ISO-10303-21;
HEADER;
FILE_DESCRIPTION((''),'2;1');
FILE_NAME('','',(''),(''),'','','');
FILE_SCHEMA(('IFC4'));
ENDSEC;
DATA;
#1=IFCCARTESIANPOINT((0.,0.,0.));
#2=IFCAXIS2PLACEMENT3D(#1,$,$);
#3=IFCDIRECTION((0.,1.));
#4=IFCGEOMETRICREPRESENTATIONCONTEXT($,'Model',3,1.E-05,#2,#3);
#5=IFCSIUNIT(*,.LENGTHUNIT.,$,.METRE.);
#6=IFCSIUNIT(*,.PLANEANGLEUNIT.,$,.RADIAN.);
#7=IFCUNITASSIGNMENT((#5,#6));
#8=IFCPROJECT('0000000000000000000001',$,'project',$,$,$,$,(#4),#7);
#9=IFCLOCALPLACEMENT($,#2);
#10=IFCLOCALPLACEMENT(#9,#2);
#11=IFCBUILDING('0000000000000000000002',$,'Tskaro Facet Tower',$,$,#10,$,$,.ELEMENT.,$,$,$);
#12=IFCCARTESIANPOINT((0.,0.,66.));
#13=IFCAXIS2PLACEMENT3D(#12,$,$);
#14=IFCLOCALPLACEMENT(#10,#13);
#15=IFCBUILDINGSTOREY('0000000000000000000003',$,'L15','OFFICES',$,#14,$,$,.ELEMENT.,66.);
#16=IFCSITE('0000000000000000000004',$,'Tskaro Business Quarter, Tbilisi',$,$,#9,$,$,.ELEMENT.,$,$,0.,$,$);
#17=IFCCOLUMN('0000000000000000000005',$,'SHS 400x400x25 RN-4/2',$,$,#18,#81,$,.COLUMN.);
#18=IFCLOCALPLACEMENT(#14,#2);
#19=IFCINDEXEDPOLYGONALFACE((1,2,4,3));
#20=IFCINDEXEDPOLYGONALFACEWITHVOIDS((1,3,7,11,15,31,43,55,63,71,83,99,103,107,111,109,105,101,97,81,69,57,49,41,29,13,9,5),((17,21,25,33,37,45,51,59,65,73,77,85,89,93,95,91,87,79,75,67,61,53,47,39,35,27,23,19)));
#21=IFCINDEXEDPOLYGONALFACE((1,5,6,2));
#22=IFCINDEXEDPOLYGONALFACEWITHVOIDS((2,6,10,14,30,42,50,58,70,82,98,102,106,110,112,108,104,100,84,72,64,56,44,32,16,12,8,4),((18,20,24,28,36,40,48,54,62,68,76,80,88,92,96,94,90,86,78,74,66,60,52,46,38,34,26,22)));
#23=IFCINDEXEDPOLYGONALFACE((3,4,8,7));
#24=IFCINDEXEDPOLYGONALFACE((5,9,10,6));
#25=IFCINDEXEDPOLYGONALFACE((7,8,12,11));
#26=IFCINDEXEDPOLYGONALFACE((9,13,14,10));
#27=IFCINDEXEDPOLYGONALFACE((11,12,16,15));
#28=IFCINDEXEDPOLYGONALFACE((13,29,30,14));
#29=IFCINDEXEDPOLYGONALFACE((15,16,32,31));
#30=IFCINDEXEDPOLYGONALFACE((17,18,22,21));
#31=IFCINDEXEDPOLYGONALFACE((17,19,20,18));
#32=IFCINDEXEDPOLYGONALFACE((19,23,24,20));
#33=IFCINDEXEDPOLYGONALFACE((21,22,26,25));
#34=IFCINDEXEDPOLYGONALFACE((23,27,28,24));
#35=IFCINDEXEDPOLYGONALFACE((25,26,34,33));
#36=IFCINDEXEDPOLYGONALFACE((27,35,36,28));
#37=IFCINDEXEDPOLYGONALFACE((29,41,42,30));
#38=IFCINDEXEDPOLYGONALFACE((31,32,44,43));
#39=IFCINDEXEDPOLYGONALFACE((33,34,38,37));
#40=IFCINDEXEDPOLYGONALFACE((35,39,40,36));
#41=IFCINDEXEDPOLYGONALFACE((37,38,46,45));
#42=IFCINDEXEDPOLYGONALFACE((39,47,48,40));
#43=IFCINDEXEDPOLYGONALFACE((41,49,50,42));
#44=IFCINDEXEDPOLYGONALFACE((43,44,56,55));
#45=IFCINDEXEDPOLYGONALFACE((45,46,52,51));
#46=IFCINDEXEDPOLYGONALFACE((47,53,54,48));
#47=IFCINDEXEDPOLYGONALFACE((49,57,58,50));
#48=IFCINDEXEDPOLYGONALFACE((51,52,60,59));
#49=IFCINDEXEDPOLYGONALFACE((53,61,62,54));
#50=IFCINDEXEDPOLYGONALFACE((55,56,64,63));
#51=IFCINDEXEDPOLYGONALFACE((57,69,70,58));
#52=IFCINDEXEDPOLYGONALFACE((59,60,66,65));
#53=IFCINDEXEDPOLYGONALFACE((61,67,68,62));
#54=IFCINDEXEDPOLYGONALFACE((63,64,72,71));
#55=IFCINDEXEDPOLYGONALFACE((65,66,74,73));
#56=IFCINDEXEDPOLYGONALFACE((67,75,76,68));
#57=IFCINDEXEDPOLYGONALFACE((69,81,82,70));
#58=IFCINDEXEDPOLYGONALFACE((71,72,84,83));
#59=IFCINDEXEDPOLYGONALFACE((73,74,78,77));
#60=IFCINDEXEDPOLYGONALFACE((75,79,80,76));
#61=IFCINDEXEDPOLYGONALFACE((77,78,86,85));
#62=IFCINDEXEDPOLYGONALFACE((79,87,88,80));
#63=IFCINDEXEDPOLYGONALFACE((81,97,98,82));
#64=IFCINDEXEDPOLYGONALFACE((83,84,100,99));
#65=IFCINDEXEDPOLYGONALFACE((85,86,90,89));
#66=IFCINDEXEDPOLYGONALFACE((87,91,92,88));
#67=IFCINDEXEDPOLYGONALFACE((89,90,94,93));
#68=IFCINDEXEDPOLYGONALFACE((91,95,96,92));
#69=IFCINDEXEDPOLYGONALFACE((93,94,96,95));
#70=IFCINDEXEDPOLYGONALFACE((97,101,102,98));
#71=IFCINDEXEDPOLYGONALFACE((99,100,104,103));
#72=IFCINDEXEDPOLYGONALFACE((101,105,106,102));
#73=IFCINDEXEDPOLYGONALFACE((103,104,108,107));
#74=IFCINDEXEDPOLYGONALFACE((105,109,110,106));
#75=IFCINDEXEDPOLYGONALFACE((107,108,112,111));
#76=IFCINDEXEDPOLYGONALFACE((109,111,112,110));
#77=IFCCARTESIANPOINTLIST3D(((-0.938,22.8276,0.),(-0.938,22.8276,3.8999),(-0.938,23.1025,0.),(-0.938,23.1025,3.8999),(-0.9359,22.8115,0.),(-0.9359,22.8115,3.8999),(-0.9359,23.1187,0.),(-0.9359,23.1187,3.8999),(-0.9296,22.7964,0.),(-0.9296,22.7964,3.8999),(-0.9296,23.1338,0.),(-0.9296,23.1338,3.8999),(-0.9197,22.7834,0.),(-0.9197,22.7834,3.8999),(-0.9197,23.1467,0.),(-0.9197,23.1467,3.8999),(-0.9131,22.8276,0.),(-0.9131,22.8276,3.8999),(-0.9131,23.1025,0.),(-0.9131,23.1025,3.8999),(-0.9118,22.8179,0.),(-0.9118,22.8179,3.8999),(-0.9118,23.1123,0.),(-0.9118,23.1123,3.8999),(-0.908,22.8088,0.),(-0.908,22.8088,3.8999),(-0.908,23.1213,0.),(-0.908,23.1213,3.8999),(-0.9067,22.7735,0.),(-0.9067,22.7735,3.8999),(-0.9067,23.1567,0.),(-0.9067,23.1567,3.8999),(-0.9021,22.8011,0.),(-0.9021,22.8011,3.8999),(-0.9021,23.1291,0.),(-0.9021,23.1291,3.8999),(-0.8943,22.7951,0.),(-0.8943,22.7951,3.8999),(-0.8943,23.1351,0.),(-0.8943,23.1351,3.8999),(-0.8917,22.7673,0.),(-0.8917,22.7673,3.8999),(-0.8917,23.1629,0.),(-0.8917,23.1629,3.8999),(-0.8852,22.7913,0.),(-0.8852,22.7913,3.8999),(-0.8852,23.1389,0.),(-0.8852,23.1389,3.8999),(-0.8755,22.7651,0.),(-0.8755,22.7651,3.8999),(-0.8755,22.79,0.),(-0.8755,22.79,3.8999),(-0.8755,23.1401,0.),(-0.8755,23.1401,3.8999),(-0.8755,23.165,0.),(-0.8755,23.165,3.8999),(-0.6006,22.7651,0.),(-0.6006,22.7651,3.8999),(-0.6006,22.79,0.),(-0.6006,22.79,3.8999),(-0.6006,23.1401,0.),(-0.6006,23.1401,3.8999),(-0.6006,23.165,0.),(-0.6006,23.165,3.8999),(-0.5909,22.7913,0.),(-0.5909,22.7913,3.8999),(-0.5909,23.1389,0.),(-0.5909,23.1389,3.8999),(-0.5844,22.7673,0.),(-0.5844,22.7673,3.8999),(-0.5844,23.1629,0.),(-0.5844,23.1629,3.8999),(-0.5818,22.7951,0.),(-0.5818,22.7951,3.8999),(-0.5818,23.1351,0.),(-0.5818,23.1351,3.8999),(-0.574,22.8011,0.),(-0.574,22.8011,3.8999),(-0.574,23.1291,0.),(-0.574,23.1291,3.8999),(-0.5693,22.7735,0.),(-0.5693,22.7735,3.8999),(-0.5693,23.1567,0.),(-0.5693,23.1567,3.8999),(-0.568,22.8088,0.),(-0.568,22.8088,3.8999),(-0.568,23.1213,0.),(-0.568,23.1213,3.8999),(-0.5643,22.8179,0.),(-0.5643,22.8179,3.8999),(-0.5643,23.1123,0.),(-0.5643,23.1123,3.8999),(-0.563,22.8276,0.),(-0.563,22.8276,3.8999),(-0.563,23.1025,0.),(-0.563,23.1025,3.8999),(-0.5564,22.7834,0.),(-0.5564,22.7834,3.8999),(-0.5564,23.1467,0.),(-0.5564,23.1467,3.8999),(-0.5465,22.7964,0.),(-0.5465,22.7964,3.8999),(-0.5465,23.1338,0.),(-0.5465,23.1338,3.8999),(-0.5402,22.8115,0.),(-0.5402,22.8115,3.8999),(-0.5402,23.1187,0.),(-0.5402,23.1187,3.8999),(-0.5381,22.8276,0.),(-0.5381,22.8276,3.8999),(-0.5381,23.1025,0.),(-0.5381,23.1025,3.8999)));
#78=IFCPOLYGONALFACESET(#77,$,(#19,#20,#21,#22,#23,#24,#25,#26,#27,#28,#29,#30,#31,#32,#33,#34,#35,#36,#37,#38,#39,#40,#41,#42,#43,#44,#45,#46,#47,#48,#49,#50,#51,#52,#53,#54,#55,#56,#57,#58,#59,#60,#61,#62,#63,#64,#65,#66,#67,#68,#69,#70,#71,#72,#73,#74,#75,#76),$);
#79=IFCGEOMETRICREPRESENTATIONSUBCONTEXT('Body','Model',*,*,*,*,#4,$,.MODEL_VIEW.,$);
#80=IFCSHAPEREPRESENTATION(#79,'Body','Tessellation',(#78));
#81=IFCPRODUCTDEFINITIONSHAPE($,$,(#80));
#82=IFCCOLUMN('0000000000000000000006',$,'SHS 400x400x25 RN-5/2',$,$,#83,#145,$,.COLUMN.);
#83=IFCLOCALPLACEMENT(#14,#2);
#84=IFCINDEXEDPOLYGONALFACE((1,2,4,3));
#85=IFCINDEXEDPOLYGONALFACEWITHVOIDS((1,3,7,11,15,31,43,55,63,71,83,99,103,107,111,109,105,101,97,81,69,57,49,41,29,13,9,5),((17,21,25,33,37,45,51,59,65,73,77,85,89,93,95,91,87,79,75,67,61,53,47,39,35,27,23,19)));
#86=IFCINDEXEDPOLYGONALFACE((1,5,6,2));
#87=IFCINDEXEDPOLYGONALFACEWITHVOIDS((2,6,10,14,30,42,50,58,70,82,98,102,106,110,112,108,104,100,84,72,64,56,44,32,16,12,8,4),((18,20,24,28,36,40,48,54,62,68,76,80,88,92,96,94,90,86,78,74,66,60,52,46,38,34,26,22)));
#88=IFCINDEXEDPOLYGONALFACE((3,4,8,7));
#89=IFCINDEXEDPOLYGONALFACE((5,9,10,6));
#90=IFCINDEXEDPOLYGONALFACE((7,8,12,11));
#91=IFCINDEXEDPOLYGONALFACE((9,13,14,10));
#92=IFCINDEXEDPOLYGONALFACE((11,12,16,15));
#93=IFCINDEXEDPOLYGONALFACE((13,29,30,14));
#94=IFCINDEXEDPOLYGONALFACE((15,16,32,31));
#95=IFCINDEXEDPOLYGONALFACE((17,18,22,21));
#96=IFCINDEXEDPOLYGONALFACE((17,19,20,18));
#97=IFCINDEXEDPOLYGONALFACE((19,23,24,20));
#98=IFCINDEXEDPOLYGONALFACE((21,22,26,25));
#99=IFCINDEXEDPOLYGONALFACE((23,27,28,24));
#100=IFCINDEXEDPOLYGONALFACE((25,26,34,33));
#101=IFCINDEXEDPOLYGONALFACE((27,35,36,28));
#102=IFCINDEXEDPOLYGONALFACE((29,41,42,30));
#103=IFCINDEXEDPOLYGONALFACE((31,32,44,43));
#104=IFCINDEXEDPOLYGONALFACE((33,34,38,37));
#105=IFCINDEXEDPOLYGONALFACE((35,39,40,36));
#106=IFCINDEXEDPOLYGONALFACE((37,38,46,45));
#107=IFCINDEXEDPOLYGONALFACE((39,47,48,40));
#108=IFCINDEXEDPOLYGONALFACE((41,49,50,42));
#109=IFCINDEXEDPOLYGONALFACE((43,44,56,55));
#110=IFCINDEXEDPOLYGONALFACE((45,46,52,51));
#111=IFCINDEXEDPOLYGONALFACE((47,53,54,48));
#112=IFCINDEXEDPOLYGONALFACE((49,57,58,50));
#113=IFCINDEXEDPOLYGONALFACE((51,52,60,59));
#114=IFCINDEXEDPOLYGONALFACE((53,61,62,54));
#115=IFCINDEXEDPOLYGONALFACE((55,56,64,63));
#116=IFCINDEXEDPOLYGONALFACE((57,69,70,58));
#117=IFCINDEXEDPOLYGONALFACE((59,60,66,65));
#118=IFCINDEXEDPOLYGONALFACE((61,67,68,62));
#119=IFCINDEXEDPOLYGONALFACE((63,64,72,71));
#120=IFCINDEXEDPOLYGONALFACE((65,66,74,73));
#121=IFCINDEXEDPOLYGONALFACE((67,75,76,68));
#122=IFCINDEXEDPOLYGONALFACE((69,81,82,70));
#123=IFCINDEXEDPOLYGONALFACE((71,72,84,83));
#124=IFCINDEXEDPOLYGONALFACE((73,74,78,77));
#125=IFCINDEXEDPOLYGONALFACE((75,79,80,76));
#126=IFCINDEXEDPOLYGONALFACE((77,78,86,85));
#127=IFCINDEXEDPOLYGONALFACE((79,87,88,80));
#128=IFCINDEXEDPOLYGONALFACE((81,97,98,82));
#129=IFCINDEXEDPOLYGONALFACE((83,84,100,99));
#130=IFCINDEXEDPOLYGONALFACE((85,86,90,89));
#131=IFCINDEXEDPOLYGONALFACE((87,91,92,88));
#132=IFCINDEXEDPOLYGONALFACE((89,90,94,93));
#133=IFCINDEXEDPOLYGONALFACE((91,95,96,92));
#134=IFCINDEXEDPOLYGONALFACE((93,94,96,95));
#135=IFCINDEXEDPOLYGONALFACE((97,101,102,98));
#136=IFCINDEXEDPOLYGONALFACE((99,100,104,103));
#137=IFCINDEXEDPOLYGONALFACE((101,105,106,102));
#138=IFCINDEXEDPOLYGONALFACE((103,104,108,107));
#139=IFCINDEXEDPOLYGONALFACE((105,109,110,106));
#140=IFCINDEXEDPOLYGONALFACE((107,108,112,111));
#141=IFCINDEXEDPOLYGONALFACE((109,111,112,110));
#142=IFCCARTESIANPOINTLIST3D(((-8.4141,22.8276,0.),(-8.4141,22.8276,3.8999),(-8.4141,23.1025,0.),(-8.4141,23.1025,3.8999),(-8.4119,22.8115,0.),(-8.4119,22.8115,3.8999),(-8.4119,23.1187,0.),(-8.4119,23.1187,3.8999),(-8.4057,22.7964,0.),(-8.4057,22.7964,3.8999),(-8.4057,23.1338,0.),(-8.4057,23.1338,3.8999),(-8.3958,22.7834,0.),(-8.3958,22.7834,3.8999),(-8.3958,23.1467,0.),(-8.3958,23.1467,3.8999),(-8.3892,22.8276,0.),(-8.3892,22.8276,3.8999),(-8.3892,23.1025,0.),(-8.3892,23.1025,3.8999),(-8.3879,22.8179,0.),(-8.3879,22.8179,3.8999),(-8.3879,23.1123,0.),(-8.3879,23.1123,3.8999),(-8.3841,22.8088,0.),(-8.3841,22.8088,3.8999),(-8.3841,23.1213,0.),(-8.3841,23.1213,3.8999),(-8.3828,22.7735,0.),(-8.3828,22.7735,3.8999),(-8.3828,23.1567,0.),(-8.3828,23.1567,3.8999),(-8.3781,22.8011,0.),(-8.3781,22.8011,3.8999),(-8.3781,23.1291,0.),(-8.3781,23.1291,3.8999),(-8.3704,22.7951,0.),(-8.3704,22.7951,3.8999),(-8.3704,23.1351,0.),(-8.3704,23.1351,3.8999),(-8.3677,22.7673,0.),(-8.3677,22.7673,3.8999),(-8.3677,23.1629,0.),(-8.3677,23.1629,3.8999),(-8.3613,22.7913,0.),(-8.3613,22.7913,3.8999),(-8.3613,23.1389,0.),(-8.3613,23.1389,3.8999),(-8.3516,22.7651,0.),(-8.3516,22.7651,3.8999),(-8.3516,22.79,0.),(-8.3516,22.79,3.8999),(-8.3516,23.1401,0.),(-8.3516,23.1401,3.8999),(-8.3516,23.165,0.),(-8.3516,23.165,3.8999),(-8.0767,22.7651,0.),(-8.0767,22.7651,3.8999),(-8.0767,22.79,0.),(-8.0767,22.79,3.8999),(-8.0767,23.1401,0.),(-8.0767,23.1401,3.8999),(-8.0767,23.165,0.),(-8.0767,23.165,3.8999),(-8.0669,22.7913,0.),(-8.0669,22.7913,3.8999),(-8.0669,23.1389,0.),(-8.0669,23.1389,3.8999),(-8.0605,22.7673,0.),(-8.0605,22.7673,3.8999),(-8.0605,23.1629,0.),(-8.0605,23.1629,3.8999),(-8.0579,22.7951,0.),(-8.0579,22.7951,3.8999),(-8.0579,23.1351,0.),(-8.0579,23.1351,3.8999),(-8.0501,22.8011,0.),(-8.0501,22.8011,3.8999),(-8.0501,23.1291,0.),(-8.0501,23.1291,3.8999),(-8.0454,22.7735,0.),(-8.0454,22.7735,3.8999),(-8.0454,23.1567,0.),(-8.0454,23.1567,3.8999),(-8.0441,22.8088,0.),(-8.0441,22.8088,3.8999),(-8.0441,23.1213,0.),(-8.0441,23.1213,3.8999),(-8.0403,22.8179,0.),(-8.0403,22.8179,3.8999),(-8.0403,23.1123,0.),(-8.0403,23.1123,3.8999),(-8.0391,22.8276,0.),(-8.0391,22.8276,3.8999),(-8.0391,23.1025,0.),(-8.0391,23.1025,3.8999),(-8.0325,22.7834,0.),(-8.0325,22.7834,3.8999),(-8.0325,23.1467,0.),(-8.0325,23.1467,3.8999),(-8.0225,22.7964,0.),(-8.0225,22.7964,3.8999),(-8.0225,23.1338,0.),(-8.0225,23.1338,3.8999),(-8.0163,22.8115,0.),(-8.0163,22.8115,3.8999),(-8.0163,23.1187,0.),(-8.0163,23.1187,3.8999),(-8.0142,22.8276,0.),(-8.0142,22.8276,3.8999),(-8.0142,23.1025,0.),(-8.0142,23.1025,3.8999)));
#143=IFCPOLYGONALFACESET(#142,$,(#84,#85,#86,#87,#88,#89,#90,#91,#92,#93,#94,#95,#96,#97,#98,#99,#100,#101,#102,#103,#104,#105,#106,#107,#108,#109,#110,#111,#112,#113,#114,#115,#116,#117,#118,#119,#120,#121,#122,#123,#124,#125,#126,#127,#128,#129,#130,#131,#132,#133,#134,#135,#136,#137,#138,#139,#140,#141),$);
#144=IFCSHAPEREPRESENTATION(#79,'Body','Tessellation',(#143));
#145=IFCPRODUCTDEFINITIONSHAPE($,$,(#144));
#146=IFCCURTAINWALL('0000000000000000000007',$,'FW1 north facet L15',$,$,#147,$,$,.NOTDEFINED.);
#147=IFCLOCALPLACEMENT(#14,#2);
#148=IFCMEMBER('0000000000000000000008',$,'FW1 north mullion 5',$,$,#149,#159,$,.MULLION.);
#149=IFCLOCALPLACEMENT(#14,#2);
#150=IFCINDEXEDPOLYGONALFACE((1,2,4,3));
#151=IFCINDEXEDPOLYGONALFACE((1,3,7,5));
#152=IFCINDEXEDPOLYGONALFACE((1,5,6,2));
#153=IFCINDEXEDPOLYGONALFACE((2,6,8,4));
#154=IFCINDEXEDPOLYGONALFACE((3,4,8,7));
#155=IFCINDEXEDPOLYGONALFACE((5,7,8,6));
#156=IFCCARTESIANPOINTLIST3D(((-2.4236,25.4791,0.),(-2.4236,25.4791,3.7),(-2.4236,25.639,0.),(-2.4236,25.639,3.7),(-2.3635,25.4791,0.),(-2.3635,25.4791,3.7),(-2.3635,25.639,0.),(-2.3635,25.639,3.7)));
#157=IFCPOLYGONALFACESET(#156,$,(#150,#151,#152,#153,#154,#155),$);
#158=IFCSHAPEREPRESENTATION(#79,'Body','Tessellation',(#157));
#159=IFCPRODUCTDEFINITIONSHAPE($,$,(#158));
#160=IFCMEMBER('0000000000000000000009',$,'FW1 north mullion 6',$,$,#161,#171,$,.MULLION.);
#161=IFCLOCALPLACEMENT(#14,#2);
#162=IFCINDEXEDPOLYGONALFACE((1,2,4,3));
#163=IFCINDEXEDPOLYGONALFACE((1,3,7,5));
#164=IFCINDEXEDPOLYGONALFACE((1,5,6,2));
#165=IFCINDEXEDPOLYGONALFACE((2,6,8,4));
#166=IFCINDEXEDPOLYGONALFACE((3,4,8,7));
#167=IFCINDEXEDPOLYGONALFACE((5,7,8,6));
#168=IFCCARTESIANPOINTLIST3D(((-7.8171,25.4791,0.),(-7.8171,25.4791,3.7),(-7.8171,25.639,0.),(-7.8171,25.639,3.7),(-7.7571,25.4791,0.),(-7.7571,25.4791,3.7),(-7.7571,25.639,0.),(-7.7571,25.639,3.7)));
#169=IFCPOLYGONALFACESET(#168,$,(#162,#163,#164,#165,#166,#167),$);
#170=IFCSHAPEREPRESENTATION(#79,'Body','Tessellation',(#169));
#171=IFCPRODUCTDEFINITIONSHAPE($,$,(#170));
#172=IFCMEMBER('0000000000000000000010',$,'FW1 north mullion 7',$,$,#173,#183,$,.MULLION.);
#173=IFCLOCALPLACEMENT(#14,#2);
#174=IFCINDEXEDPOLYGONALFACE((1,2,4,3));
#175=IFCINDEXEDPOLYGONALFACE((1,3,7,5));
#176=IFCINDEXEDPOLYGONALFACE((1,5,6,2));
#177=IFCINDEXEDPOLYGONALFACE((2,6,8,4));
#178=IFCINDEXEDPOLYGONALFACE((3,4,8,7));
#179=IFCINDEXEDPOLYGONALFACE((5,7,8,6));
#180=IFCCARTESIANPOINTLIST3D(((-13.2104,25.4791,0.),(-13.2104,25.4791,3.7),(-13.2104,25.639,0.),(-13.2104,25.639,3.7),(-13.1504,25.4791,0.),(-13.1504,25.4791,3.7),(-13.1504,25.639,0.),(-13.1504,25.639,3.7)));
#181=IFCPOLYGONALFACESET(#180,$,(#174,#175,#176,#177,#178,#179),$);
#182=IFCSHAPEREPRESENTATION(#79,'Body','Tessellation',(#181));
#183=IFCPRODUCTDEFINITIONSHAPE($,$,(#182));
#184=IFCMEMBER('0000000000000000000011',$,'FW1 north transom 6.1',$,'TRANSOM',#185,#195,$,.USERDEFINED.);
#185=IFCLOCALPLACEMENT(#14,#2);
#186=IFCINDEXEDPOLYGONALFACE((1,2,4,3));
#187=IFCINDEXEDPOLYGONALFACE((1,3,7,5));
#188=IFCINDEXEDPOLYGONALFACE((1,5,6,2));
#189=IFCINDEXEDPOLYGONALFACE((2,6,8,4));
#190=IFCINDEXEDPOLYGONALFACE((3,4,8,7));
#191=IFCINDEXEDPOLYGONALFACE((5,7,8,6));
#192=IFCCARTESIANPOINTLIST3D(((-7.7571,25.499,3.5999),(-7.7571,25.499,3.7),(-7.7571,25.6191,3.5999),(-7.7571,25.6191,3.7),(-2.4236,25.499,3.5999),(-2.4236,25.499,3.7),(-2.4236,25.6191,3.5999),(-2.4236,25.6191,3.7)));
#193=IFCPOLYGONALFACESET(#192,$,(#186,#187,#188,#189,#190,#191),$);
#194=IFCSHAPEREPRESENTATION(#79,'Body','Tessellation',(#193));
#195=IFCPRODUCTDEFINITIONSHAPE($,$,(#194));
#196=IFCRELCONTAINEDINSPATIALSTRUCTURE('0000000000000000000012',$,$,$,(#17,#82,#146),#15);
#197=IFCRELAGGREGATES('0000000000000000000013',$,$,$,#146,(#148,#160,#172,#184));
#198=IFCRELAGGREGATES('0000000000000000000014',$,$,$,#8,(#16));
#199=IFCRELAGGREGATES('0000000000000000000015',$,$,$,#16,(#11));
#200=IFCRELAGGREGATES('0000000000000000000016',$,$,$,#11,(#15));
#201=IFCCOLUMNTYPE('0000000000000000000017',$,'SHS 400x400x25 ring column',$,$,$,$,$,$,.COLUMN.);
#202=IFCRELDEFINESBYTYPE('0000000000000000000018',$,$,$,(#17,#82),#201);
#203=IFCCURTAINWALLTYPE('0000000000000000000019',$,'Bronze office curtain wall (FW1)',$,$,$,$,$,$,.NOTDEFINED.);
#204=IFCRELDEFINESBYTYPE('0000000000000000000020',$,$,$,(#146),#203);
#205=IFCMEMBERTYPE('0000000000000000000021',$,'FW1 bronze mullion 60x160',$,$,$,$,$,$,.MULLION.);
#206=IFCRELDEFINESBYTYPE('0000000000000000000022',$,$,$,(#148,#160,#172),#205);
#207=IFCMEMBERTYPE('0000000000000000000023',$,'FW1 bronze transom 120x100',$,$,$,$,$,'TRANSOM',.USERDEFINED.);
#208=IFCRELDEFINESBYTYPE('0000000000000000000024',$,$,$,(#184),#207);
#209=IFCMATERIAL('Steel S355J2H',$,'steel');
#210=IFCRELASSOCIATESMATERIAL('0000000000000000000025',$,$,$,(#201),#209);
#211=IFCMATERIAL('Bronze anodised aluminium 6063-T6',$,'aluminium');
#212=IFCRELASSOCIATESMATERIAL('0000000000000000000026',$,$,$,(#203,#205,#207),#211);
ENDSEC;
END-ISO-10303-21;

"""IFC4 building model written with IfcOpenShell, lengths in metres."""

from ifc_helpers import new_model, si_unit, direction, frame, origin, origin_2d, place, context, subcontext, project, spatial, rectangle, hollow_rectangle, extrude, material, material_profile, profile_set, type_object, element, aggregate, save


model = new_model("IFC4")

# Units and contexts
model_context = context("Model", 3, precision=1e-05, world=origin(), true_north=direction((0.0, 1.0)))
body_context = subcontext(model_context, "Body", "Model", "MODEL_VIEW")
ifc_project = project(units=[si_unit("LENGTHUNIT", "METRE"), si_unit("PLANEANGLEUNIT", "RADIAN")], contexts=[model_context])

# Site, building, storey
site_placement = place(None, origin())
site = spatial("IfcSite", under=ifc_project, at=site_placement, Name="Tskaro Business Quarter, Tbilisi", CompositionType="ELEMENT", RefElevation=0.0)
building_placement = place(site_placement, origin())
building = spatial("IfcBuilding", under=site, at=building_placement, Name="Tskaro Facet Tower", CompositionType="ELEMENT")
storey_placement = place(building_placement, frame((0.0, 0.0, 66.0)))
storey = spatial("IfcBuildingStorey", under=building, at=storey_placement, Name="L15", Description="OFFICES", CompositionType="ELEMENT", Elevation=66.0)

# Columns
ifc_material_1 = material(Name="Steel S355J2H", Category="steel")
ifc_material_profile_1 = material_profile(ifc_material_1, hollow_rectangle(XDim=0.3999, YDim=0.3999, WallThickness=0.0249, InnerFilletRadius=0.0376, OuterFilletRadius=0.0625, at=origin_2d()), Name="SHS 400x400x25")
ifc_profile_set_1 = profile_set([ifc_material_profile_1], Name="Steel S355J2H")
column_type_1 = type_object("IfcColumnType", Name="SHS 400x400x25 ring column", PredefinedType="COLUMN", material=ifc_profile_set_1)
for number, where, z_axis, x_axis, name in (
    (1, (-0.738, 22.9651, 0.0), (0.0, 0.0, 1.0), (1.0, 0.0, 0.0), "SHS 400x400x25 RN-4/2"),
    (2, (-8.2141, 22.9651, 0.0), (0.0, 0.0, 1.0), (1.0, 0.0, 0.0), "SHS 400x400x25 RN-5/2"),
):
    element("IfcColumn", number, at=place(storey_placement, frame(where, z_axis=z_axis, x_axis=x_axis)), inside=storey, type_object=column_type_1, Name=name, PredefinedType="COLUMN", context=body_context, shape_type="SweptSolid", body=[
        extrude(hollow_rectangle(XDim=0.3999, YDim=0.3999, WallThickness=0.0249, InnerFilletRadius=0.0376, OuterFilletRadius=0.0625, at=origin_2d()), origin(), (0.0, 0.0, 1.0), 3.8999),
    ])

# Curtain wall, members
ifc_material_2 = material(Name="Bronze anodised aluminium 6063-T6", Category="aluminium")
curtain_wall_type = type_object("IfcCurtainWallType", Name="Bronze office curtain wall (FW1)", PredefinedType="NOTDEFINED", material=ifc_material_2)
curtain_wall_placement = place(storey_placement, origin())
curtain_wall = element("IfcCurtainWall", 3, at=curtain_wall_placement, inside=storey, type_object=curtain_wall_type, Name="FW1 north facet L15", PredefinedType="NOTDEFINED")
ifc_material_profile_2 = material_profile(ifc_material_2, rectangle(XDim=0.0601, YDim=0.1599, at=origin_2d()), Name="Mullion 60x160")
ifc_profile_set_2 = profile_set([ifc_material_profile_2], Name="Bronze anodised aluminium 6063-T6")
member_type_1 = type_object("IfcMemberType", Name="FW1 bronze mullion 60x160", PredefinedType="MULLION", material=ifc_profile_set_2)
member_1_placement = place(storey_placement, frame((-2.3936, 25.5591, 0.0), z_axis=(0.0, 0.0, 1.0), x_axis=(-1.0, 0.0, 0.0)))
member_1 = element("IfcMember", 4, at=member_1_placement, type_object=member_type_1, Name="FW1 north mullion 5", PredefinedType="MULLION", context=body_context, shape_type="SweptSolid", body=[
    extrude(rectangle(XDim=0.0601, YDim=0.1599, at=origin_2d()), origin(), (0.0, 0.0, 1.0), 3.7),
])
member_2_placement = place(storey_placement, frame((-7.7871, 25.5591, 0.0), z_axis=(0.0, 0.0, 1.0), x_axis=(-1.0, 0.0, 0.0)))
member_2 = element("IfcMember", 5, at=member_2_placement, type_object=member_type_1, Name="FW1 north mullion 6", PredefinedType="MULLION", context=body_context, shape_type="SweptSolid", body=[
    extrude(rectangle(XDim=0.0601, YDim=0.1599, at=origin_2d()), origin(), (0.0, 0.0, 1.0), 3.7),
])
member_3_placement = place(storey_placement, frame((-13.1804, 25.5591, 0.0), z_axis=(0.0, 0.0, 1.0), x_axis=(-1.0, 0.0, 0.0)))
member_3 = element("IfcMember", 6, at=member_3_placement, type_object=member_type_1, Name="FW1 north mullion 7", PredefinedType="MULLION", context=body_context, shape_type="SweptSolid", body=[
    extrude(rectangle(XDim=0.0601, YDim=0.1599, at=origin_2d()), origin(), (0.0, 0.0, 1.0), 3.7),
])
ifc_material_profile_3 = material_profile(ifc_material_2, rectangle(XDim=0.1201, YDim=0.1001, at=origin_2d()), Name="Transom 120x100")
ifc_profile_set_3 = profile_set([ifc_material_profile_3], Name="Bronze anodised aluminium 6063-T6")
member_type_2 = type_object("IfcMemberType", Name="FW1 bronze transom 120x100", ElementType="TRANSOM", PredefinedType="USERDEFINED", material=ifc_profile_set_3)
member_4_placement = place(storey_placement, frame((-2.4236, 25.5591, 3.6499), z_axis=(-1.0, 0.0, 0.0), x_axis=(0.0, -1.0, 0.0)))
member_4 = element("IfcMember", 7, at=member_4_placement, type_object=member_type_2, Name="FW1 north transom 6.1", ObjectType="TRANSOM", PredefinedType="USERDEFINED", context=body_context, shape_type="SweptSolid", body=[
    extrude(rectangle(XDim=0.1201, YDim=0.1001, at=origin_2d()), origin(), (0.0, 0.0, 1.0), 5.3335),
])

aggregate(curtain_wall, [member_1, member_2, member_3, member_4])

save(model, "model.ifc")
